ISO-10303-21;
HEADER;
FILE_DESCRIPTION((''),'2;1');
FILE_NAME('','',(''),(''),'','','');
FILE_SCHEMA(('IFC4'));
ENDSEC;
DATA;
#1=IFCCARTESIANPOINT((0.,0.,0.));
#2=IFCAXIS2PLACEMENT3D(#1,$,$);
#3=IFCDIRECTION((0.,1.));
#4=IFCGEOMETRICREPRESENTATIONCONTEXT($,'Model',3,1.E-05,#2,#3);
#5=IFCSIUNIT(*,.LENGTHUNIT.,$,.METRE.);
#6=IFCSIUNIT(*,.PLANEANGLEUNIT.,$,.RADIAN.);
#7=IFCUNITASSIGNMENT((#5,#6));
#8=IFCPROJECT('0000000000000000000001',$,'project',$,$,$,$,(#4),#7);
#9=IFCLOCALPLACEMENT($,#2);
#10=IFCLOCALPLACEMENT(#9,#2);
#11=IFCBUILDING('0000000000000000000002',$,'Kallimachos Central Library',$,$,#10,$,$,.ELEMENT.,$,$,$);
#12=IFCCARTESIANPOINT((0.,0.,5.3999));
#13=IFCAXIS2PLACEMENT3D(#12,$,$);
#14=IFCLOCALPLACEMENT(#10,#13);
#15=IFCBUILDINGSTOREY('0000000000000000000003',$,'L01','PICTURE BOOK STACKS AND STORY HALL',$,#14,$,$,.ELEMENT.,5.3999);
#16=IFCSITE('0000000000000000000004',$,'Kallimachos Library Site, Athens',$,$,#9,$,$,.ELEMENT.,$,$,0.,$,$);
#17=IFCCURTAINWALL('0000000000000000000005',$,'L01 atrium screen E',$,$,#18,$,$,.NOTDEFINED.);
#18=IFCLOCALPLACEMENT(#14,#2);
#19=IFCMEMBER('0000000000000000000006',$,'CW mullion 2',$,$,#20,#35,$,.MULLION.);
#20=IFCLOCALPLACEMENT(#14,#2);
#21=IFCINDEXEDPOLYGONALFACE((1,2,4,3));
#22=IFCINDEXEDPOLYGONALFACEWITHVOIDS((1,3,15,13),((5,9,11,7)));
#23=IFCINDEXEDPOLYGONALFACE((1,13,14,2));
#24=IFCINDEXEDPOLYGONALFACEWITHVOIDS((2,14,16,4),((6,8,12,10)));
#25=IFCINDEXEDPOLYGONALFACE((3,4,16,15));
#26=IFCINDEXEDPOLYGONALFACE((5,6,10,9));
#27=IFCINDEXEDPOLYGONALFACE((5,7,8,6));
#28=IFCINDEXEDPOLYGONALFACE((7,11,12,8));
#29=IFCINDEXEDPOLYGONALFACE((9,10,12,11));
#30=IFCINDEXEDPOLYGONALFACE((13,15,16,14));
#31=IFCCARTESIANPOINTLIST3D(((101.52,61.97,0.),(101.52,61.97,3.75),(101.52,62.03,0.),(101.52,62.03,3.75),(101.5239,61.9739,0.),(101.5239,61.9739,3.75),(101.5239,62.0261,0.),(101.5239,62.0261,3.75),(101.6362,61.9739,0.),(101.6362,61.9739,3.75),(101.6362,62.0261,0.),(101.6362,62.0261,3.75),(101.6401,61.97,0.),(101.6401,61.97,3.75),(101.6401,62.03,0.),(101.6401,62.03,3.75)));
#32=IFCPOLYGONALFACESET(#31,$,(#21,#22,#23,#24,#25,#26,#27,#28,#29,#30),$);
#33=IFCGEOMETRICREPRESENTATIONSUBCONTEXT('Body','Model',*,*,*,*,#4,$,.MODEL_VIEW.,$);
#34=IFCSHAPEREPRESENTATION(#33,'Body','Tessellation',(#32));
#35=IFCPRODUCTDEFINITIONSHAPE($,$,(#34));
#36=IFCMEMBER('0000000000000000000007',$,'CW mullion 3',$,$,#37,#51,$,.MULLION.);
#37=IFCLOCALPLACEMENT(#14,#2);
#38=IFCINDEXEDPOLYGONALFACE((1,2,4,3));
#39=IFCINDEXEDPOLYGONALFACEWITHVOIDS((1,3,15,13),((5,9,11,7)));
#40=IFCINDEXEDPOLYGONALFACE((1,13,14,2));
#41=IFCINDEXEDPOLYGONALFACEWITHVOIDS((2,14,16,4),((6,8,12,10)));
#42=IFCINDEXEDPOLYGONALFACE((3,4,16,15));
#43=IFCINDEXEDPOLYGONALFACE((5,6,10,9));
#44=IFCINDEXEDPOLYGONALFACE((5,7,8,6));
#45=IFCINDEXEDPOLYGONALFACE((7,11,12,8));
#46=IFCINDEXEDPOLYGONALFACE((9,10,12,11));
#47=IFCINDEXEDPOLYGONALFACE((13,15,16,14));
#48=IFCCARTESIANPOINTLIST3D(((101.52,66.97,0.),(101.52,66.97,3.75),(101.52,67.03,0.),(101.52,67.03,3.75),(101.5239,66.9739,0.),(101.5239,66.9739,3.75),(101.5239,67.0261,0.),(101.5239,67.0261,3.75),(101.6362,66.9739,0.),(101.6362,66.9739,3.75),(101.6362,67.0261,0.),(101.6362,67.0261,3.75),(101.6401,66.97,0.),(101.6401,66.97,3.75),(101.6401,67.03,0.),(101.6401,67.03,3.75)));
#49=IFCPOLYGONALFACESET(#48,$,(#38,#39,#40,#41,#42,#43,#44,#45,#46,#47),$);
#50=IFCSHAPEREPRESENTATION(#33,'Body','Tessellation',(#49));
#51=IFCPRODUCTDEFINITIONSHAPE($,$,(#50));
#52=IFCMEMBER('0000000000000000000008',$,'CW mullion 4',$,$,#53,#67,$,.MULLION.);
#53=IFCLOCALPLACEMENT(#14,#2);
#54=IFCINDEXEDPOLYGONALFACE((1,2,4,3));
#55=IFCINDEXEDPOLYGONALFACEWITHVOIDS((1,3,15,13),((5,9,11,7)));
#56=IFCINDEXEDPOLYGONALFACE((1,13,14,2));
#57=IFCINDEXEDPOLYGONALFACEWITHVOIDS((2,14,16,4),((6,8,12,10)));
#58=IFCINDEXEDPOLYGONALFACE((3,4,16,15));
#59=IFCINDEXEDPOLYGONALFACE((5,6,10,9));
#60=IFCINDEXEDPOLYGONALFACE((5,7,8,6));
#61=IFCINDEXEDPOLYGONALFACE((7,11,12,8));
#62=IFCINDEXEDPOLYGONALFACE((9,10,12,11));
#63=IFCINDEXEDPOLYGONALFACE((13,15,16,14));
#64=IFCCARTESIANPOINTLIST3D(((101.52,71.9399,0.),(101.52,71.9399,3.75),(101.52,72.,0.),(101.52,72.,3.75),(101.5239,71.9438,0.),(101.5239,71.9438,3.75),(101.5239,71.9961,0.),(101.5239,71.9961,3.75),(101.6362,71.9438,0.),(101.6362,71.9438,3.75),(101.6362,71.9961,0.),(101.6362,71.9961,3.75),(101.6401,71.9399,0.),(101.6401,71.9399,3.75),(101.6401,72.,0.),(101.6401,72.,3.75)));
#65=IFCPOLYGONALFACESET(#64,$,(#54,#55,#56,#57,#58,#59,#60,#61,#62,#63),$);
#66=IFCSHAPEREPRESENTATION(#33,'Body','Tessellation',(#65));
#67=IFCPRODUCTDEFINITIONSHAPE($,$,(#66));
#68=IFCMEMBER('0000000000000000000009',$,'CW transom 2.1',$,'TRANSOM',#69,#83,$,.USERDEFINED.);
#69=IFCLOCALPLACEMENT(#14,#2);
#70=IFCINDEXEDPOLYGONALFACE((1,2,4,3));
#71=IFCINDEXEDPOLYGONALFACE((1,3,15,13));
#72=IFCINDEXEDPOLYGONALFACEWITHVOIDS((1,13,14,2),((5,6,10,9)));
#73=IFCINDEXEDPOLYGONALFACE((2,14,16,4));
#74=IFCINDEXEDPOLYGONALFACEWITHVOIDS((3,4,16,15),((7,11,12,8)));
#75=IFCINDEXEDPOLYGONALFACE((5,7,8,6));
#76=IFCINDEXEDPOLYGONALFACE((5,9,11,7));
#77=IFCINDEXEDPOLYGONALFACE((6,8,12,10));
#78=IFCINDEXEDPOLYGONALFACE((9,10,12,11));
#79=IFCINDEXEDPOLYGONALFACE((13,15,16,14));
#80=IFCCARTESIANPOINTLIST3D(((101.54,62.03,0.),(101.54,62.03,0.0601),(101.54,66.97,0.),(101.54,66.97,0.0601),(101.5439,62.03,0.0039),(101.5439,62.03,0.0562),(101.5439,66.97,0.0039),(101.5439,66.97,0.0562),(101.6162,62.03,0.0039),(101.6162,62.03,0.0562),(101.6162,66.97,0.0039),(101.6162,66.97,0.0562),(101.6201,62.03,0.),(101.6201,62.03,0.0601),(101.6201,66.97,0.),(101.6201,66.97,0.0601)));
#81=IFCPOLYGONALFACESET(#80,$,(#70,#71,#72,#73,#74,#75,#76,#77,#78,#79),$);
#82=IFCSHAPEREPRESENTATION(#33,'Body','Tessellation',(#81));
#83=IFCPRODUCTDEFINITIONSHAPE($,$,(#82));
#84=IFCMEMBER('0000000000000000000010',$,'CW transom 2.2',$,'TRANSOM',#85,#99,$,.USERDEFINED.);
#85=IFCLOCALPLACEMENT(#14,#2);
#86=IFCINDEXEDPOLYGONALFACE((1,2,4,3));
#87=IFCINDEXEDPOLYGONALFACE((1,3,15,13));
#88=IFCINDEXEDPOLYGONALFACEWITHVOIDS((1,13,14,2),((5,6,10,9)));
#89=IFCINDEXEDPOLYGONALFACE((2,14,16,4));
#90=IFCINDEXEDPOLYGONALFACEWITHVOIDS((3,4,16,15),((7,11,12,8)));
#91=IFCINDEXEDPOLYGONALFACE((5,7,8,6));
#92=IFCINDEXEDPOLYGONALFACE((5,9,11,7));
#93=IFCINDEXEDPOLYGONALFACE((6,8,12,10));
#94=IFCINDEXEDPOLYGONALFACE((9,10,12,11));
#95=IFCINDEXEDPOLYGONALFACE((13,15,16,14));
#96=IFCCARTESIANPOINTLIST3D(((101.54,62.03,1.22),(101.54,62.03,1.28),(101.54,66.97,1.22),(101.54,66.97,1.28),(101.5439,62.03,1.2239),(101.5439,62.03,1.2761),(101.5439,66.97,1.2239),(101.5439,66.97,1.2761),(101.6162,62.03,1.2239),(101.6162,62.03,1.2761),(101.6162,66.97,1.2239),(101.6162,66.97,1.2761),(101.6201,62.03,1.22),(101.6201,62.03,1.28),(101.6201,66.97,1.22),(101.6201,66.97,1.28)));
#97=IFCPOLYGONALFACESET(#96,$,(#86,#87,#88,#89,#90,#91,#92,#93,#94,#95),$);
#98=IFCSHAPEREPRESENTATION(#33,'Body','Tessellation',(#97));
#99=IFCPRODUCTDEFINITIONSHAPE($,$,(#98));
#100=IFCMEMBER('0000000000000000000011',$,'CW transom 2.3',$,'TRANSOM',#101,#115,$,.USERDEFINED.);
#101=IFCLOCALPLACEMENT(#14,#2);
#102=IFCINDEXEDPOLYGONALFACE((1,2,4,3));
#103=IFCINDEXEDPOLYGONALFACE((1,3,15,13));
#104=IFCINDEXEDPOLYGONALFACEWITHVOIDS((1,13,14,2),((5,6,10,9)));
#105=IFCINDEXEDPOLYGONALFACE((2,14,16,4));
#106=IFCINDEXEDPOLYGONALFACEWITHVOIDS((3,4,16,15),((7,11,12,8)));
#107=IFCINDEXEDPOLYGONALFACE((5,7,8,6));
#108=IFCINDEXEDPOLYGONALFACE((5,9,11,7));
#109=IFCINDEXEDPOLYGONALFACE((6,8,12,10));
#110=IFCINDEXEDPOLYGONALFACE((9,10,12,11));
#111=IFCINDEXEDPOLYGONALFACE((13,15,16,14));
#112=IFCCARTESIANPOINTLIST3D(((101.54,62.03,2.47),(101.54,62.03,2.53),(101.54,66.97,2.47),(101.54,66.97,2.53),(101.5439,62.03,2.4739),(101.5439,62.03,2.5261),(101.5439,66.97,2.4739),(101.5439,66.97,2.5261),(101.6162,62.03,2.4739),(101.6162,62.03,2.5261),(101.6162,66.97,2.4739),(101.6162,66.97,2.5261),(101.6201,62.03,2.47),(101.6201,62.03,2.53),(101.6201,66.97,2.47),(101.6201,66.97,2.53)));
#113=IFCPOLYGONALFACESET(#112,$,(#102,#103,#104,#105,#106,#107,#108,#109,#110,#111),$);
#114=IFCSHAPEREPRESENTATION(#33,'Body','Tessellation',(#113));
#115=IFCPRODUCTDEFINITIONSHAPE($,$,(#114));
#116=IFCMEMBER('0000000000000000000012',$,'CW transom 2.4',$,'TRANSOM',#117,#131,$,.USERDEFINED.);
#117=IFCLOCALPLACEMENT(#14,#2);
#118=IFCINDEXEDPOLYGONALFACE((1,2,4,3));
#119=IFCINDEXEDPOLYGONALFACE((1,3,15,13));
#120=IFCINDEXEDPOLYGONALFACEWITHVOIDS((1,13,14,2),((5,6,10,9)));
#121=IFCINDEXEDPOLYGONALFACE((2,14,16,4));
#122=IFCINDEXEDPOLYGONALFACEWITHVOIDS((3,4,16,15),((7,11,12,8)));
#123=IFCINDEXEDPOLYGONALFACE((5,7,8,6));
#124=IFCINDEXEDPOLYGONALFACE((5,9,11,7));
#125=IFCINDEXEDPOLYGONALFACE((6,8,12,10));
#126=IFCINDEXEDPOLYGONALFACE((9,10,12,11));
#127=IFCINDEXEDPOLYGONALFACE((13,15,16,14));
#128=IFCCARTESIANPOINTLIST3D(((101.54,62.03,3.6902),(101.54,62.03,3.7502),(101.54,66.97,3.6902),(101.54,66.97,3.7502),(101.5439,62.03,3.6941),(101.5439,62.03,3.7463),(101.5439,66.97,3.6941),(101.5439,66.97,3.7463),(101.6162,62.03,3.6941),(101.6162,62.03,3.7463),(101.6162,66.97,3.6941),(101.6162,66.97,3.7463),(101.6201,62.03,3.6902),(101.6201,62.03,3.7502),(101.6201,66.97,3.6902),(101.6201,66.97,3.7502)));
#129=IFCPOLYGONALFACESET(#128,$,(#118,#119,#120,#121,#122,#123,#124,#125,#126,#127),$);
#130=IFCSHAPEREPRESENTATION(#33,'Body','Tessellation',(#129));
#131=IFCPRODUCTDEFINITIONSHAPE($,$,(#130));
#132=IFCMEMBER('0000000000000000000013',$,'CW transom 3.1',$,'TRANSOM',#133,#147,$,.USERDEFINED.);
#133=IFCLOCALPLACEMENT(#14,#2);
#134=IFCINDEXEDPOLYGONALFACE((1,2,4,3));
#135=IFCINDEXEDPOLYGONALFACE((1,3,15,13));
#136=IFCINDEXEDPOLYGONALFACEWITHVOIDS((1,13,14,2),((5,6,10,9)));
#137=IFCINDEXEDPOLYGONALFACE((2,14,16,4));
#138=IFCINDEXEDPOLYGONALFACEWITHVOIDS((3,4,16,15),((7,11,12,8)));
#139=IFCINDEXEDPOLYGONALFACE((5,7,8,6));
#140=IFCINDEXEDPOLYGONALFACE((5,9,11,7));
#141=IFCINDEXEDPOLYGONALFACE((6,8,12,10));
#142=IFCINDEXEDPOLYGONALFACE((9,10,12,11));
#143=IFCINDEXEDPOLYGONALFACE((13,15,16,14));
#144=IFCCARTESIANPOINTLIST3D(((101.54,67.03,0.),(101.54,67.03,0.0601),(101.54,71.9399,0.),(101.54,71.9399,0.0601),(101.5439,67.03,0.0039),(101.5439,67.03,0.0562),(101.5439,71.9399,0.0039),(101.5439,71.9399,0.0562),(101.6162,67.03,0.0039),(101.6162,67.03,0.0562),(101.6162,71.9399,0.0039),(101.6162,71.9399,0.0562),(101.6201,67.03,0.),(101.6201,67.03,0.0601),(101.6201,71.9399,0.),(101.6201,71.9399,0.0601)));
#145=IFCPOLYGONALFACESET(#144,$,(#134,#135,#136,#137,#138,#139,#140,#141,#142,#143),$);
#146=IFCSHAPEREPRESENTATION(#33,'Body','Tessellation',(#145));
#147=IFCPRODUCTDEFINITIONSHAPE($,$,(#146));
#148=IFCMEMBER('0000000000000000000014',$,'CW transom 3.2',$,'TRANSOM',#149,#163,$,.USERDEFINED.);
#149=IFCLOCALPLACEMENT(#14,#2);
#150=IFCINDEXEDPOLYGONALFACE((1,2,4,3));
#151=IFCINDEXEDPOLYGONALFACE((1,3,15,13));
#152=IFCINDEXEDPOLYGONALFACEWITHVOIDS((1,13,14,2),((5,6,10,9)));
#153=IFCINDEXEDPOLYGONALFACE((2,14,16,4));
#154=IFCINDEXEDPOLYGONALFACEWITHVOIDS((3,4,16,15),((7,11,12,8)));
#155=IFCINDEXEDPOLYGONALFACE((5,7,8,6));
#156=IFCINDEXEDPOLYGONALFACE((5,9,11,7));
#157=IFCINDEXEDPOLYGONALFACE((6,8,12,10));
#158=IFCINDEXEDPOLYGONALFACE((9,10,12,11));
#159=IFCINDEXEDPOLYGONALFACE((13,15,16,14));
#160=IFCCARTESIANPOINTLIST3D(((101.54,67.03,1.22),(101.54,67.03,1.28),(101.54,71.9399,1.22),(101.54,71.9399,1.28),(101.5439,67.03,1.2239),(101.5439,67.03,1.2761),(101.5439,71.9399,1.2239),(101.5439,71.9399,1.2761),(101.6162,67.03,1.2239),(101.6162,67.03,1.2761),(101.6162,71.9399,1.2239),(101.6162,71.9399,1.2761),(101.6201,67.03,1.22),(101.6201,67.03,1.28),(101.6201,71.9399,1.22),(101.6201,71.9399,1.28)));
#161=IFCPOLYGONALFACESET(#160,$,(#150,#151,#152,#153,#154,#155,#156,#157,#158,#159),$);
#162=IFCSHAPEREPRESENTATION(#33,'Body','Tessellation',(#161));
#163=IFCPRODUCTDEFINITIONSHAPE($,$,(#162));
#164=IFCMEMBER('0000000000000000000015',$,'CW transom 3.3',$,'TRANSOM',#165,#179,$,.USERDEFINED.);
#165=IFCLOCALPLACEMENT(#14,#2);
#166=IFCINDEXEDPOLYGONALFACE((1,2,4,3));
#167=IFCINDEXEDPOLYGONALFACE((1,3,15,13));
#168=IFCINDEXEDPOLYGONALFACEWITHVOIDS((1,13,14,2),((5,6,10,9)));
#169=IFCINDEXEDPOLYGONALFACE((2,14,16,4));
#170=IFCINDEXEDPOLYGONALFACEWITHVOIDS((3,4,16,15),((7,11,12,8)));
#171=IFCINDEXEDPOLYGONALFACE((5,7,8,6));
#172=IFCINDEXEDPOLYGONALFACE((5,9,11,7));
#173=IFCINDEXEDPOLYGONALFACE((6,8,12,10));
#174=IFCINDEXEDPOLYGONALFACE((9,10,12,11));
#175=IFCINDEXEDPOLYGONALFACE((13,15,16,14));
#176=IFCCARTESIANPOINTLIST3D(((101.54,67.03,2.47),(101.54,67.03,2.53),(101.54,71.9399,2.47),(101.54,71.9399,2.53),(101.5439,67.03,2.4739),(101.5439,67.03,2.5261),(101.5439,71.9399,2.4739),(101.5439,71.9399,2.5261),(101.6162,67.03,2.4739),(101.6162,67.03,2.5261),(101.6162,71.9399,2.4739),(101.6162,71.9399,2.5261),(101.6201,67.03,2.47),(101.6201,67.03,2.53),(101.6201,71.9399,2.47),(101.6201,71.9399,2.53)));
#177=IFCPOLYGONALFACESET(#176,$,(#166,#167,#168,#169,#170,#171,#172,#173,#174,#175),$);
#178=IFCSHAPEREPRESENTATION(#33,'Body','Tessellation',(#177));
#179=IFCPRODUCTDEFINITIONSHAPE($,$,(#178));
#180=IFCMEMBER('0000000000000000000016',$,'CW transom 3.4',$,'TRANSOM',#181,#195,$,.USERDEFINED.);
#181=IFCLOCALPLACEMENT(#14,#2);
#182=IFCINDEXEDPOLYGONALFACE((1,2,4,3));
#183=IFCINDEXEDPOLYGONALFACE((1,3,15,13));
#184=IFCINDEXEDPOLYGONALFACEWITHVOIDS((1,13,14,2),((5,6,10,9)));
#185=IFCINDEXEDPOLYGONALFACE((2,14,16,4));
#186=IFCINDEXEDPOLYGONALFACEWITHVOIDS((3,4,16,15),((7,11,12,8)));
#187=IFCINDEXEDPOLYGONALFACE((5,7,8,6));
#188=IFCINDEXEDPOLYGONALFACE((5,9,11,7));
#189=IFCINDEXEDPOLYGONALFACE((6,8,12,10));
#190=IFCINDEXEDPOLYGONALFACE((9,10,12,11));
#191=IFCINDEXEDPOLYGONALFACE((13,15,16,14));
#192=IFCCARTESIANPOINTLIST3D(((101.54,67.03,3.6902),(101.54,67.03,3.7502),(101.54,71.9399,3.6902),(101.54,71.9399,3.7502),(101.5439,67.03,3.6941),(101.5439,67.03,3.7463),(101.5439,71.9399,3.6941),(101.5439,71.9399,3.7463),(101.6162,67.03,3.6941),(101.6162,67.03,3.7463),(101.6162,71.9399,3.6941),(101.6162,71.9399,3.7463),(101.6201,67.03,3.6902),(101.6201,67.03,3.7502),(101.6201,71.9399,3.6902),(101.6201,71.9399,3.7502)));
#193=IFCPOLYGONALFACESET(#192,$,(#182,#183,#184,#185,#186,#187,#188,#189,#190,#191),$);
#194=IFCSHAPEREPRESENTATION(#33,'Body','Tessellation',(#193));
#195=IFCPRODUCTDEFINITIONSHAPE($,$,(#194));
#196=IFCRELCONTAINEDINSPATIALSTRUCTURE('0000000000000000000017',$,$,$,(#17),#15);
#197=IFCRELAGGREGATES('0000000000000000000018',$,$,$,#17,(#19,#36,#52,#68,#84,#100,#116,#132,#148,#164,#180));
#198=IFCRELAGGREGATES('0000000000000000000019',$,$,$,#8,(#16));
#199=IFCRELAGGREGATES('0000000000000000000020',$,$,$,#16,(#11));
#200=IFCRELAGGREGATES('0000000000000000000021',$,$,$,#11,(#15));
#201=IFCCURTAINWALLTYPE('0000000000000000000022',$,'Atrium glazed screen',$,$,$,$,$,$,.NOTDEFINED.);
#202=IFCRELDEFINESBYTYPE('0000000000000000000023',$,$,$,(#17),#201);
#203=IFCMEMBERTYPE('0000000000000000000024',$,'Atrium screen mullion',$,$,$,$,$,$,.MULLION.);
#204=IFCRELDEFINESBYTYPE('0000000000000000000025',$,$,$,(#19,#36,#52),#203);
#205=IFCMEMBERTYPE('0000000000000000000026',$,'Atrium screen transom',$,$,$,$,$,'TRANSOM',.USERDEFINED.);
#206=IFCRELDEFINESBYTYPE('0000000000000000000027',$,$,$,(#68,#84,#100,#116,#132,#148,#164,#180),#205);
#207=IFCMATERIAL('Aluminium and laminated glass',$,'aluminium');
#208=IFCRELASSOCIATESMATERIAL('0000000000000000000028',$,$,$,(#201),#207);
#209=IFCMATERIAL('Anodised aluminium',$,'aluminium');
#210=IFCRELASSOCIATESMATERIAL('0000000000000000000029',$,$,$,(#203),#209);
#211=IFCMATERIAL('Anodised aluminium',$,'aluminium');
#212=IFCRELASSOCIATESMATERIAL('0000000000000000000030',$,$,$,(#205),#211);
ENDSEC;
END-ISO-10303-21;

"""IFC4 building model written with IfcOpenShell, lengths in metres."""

from ifc_helpers import new_model, si_unit, direction, frame, origin, origin_2d, place, context, subcontext, project, spatial, hollow_rectangle, extrude, material, material_profile, profile_set, type_object, element, aggregate, save


model = new_model("IFC4")

# Units and contexts
model_context = context("Model", 3, precision=1e-05, world=origin(), true_north=direction((0.0, 1.0)))
body_context = subcontext(model_context, "Body", "Model", "MODEL_VIEW")
ifc_project = project(units=[si_unit("LENGTHUNIT", "METRE"), si_unit("PLANEANGLEUNIT", "RADIAN")], contexts=[model_context])

# Site, building, storey
site_placement = place(None, origin())
site = spatial("IfcSite", under=ifc_project, at=site_placement, Name="Kallimachos Library Site, Athens", CompositionType="ELEMENT", RefElevation=0.0)
building_placement = place(site_placement, origin())
building = spatial("IfcBuilding", under=site, at=building_placement, Name="Kallimachos Central Library", CompositionType="ELEMENT")
storey_placement = place(building_placement, frame((0.0, 0.0, 5.3999)))
storey = spatial("IfcBuildingStorey", under=building, at=storey_placement, Name="L01", Description="PICTURE BOOK STACKS AND STORY HALL", CompositionType="ELEMENT", Elevation=5.3999)

# Curtain wall, members
ifc_material_1 = material(Name="Aluminium and laminated glass", Category="aluminium")
curtain_wall_type = type_object("IfcCurtainWallType", Name="Atrium glazed screen", PredefinedType="NOTDEFINED", material=ifc_material_1)
curtain_wall_placement = place(storey_placement, origin())
curtain_wall = element("IfcCurtainWall", 1, at=curtain_wall_placement, inside=storey, type_object=curtain_wall_type, Name="L01 atrium screen E", PredefinedType="NOTDEFINED")
ifc_material_2 = material(Name="Anodised aluminium", Category="aluminium")
ifc_material_profile_1 = material_profile(ifc_material_2, hollow_rectangle(XDim=0.0601, YDim=0.1201, WallThickness=0.0039, at=origin_2d()), Name="ALU MULLION 60x120")
ifc_profile_set_1 = profile_set([ifc_material_profile_1], Name="Anodised aluminium")
member_type_1 = type_object("IfcMemberType", Name="Atrium screen mullion", PredefinedType="MULLION", material=ifc_profile_set_1)
member_1_placement = place(storey_placement, frame((101.5801, 62.0, 0.0), z_axis=(0.0, 0.0, 1.0), x_axis=(0.0, 1.0, 0.0)))
member_1 = element("IfcMember", 2, at=member_1_placement, type_object=member_type_1, Name="CW mullion 2", PredefinedType="MULLION", context=body_context, shape_type="SweptSolid", body=[
    extrude(hollow_rectangle(XDim=0.0601, YDim=0.1201, WallThickness=0.0039, at=origin_2d()), origin(), (0.0, 0.0, 1.0), 3.75),
])
member_2_placement = place(storey_placement, frame((101.5801, 67.0, 0.0), z_axis=(0.0, 0.0, 1.0), x_axis=(0.0, 1.0, 0.0)))
member_2 = element("IfcMember", 3, at=member_2_placement, type_object=member_type_1, Name="CW mullion 3", PredefinedType="MULLION", context=body_context, shape_type="SweptSolid", body=[
    extrude(hollow_rectangle(XDim=0.0601, YDim=0.1201, WallThickness=0.0039, at=origin_2d()), origin(), (0.0, 0.0, 1.0), 3.75),
])
member_3_placement = place(storey_placement, frame((101.5801, 71.97, 0.0), z_axis=(0.0, 0.0, 1.0), x_axis=(0.0, 1.0, 0.0)))
member_3 = element("IfcMember", 4, at=member_3_placement, type_object=member_type_1, Name="CW mullion 4", PredefinedType="MULLION", context=body_context, shape_type="SweptSolid", body=[
    extrude(hollow_rectangle(XDim=0.0601, YDim=0.1201, WallThickness=0.0039, at=origin_2d()), origin(), (0.0, 0.0, 1.0), 3.75),
])
ifc_material_3 = material(Name="Anodised aluminium", Category="aluminium")
ifc_material_profile_2 = material_profile(ifc_material_3, hollow_rectangle(XDim=0.0601, YDim=0.0801, WallThickness=0.0039, at=origin_2d()), Name="ALU TRANSOM 60x80")
ifc_profile_set_2 = profile_set([ifc_material_profile_2], Name="Anodised aluminium")
member_type_2 = type_object("IfcMemberType", Name="Atrium screen transom", ElementType="TRANSOM", PredefinedType="USERDEFINED", material=ifc_profile_set_2)
member_4_placement = place(storey_placement, frame((101.5801, 62.03, 0.03), z_axis=(0.0, 1.0, 0.0), x_axis=(0.0, 0.0, 1.0)))
member_4 = element("IfcMember", 5, at=member_4_placement, type_object=member_type_2, Name="CW transom 2.1", ObjectType="TRANSOM", PredefinedType="USERDEFINED", context=body_context, shape_type="SweptSolid", body=[
    extrude(hollow_rectangle(XDim=0.0601, YDim=0.0801, WallThickness=0.0039, at=origin_2d()), origin(), (0.0, 0.0, 1.0), 4.9399),
])
member_5_placement = place(storey_placement, frame((101.5801, 62.03, 1.25), z_axis=(0.0, 1.0, 0.0), x_axis=(0.0, 0.0, 1.0)))
member_5 = element("IfcMember", 6, at=member_5_placement, type_object=member_type_2, Name="CW transom 2.2", ObjectType="TRANSOM", PredefinedType="USERDEFINED", context=body_context, shape_type="SweptSolid", body=[
    extrude(hollow_rectangle(XDim=0.0601, YDim=0.0801, WallThickness=0.0039, at=origin_2d()), origin(), (0.0, 0.0, 1.0), 4.9399),
])
member_6_placement = place(storey_placement, frame((101.5801, 62.03, 2.5), z_axis=(0.0, 1.0, 0.0), x_axis=(0.0, 0.0, 1.0)))
member_6 = element("IfcMember", 7, at=member_6_placement, type_object=member_type_2, Name="CW transom 2.3", ObjectType="TRANSOM", PredefinedType="USERDEFINED", context=body_context, shape_type="SweptSolid", body=[
    extrude(hollow_rectangle(XDim=0.0601, YDim=0.0801, WallThickness=0.0039, at=origin_2d()), origin(), (0.0, 0.0, 1.0), 4.9399),
])
member_7_placement = place(storey_placement, frame((101.5801, 62.03, 3.7202), z_axis=(0.0, 1.0, 0.0), x_axis=(0.0, 0.0, 1.0)))
member_7 = element("IfcMember", 8, at=member_7_placement, type_object=member_type_2, Name="CW transom 2.4", ObjectType="TRANSOM", PredefinedType="USERDEFINED", context=body_context, shape_type="SweptSolid", body=[
    extrude(hollow_rectangle(XDim=0.0601, YDim=0.0801, WallThickness=0.0039, at=origin_2d()), origin(), (0.0, 0.0, 1.0), 4.9399),
])
member_8_placement = place(storey_placement, frame((101.5801, 67.03, 0.03), z_axis=(0.0, 1.0, 0.0), x_axis=(0.0, 0.0, 1.0)))
member_8 = element("IfcMember", 9, at=member_8_placement, type_object=member_type_2, Name="CW transom 3.1", ObjectType="TRANSOM", PredefinedType="USERDEFINED", context=body_context, shape_type="SweptSolid", body=[
    extrude(hollow_rectangle(XDim=0.0601, YDim=0.0801, WallThickness=0.0039, at=origin_2d()), origin(), (0.0, 0.0, 1.0), 4.9099),
])
member_9_placement = place(storey_placement, frame((101.5801, 67.03, 1.25), z_axis=(0.0, 1.0, 0.0), x_axis=(0.0, 0.0, 1.0)))
member_9 = element("IfcMember", 10, at=member_9_placement, type_object=member_type_2, Name="CW transom 3.2", ObjectType="TRANSOM", PredefinedType="USERDEFINED", context=body_context, shape_type="SweptSolid", body=[
    extrude(hollow_rectangle(XDim=0.0601, YDim=0.0801, WallThickness=0.0039, at=origin_2d()), origin(), (0.0, 0.0, 1.0), 4.9099),
])
member_10_placement = place(storey_placement, frame((101.5801, 67.03, 2.5), z_axis=(0.0, 1.0, 0.0), x_axis=(0.0, 0.0, 1.0)))
member_10 = element("IfcMember", 11, at=member_10_placement, type_object=member_type_2, Name="CW transom 3.3", ObjectType="TRANSOM", PredefinedType="USERDEFINED", context=body_context, shape_type="SweptSolid", body=[
    extrude(hollow_rectangle(XDim=0.0601, YDim=0.0801, WallThickness=0.0039, at=origin_2d()), origin(), (0.0, 0.0, 1.0), 4.9099),
])
member_11_placement = place(storey_placement, frame((101.5801, 67.03, 3.7202), z_axis=(0.0, 1.0, 0.0), x_axis=(0.0, 0.0, 1.0)))
member_11 = element("IfcMember", 12, at=member_11_placement, type_object=member_type_2, Name="CW transom 3.4", ObjectType="TRANSOM", PredefinedType="USERDEFINED", context=body_context, shape_type="SweptSolid", body=[
    extrude(hollow_rectangle(XDim=0.0601, YDim=0.0801, WallThickness=0.0039, at=origin_2d()), origin(), (0.0, 0.0, 1.0), 4.9099),
])

aggregate(curtain_wall, [member_1, member_2, member_3, member_4, member_5, member_6, member_7, member_8, member_9, member_10, member_11])

save(model, "model.ifc")
